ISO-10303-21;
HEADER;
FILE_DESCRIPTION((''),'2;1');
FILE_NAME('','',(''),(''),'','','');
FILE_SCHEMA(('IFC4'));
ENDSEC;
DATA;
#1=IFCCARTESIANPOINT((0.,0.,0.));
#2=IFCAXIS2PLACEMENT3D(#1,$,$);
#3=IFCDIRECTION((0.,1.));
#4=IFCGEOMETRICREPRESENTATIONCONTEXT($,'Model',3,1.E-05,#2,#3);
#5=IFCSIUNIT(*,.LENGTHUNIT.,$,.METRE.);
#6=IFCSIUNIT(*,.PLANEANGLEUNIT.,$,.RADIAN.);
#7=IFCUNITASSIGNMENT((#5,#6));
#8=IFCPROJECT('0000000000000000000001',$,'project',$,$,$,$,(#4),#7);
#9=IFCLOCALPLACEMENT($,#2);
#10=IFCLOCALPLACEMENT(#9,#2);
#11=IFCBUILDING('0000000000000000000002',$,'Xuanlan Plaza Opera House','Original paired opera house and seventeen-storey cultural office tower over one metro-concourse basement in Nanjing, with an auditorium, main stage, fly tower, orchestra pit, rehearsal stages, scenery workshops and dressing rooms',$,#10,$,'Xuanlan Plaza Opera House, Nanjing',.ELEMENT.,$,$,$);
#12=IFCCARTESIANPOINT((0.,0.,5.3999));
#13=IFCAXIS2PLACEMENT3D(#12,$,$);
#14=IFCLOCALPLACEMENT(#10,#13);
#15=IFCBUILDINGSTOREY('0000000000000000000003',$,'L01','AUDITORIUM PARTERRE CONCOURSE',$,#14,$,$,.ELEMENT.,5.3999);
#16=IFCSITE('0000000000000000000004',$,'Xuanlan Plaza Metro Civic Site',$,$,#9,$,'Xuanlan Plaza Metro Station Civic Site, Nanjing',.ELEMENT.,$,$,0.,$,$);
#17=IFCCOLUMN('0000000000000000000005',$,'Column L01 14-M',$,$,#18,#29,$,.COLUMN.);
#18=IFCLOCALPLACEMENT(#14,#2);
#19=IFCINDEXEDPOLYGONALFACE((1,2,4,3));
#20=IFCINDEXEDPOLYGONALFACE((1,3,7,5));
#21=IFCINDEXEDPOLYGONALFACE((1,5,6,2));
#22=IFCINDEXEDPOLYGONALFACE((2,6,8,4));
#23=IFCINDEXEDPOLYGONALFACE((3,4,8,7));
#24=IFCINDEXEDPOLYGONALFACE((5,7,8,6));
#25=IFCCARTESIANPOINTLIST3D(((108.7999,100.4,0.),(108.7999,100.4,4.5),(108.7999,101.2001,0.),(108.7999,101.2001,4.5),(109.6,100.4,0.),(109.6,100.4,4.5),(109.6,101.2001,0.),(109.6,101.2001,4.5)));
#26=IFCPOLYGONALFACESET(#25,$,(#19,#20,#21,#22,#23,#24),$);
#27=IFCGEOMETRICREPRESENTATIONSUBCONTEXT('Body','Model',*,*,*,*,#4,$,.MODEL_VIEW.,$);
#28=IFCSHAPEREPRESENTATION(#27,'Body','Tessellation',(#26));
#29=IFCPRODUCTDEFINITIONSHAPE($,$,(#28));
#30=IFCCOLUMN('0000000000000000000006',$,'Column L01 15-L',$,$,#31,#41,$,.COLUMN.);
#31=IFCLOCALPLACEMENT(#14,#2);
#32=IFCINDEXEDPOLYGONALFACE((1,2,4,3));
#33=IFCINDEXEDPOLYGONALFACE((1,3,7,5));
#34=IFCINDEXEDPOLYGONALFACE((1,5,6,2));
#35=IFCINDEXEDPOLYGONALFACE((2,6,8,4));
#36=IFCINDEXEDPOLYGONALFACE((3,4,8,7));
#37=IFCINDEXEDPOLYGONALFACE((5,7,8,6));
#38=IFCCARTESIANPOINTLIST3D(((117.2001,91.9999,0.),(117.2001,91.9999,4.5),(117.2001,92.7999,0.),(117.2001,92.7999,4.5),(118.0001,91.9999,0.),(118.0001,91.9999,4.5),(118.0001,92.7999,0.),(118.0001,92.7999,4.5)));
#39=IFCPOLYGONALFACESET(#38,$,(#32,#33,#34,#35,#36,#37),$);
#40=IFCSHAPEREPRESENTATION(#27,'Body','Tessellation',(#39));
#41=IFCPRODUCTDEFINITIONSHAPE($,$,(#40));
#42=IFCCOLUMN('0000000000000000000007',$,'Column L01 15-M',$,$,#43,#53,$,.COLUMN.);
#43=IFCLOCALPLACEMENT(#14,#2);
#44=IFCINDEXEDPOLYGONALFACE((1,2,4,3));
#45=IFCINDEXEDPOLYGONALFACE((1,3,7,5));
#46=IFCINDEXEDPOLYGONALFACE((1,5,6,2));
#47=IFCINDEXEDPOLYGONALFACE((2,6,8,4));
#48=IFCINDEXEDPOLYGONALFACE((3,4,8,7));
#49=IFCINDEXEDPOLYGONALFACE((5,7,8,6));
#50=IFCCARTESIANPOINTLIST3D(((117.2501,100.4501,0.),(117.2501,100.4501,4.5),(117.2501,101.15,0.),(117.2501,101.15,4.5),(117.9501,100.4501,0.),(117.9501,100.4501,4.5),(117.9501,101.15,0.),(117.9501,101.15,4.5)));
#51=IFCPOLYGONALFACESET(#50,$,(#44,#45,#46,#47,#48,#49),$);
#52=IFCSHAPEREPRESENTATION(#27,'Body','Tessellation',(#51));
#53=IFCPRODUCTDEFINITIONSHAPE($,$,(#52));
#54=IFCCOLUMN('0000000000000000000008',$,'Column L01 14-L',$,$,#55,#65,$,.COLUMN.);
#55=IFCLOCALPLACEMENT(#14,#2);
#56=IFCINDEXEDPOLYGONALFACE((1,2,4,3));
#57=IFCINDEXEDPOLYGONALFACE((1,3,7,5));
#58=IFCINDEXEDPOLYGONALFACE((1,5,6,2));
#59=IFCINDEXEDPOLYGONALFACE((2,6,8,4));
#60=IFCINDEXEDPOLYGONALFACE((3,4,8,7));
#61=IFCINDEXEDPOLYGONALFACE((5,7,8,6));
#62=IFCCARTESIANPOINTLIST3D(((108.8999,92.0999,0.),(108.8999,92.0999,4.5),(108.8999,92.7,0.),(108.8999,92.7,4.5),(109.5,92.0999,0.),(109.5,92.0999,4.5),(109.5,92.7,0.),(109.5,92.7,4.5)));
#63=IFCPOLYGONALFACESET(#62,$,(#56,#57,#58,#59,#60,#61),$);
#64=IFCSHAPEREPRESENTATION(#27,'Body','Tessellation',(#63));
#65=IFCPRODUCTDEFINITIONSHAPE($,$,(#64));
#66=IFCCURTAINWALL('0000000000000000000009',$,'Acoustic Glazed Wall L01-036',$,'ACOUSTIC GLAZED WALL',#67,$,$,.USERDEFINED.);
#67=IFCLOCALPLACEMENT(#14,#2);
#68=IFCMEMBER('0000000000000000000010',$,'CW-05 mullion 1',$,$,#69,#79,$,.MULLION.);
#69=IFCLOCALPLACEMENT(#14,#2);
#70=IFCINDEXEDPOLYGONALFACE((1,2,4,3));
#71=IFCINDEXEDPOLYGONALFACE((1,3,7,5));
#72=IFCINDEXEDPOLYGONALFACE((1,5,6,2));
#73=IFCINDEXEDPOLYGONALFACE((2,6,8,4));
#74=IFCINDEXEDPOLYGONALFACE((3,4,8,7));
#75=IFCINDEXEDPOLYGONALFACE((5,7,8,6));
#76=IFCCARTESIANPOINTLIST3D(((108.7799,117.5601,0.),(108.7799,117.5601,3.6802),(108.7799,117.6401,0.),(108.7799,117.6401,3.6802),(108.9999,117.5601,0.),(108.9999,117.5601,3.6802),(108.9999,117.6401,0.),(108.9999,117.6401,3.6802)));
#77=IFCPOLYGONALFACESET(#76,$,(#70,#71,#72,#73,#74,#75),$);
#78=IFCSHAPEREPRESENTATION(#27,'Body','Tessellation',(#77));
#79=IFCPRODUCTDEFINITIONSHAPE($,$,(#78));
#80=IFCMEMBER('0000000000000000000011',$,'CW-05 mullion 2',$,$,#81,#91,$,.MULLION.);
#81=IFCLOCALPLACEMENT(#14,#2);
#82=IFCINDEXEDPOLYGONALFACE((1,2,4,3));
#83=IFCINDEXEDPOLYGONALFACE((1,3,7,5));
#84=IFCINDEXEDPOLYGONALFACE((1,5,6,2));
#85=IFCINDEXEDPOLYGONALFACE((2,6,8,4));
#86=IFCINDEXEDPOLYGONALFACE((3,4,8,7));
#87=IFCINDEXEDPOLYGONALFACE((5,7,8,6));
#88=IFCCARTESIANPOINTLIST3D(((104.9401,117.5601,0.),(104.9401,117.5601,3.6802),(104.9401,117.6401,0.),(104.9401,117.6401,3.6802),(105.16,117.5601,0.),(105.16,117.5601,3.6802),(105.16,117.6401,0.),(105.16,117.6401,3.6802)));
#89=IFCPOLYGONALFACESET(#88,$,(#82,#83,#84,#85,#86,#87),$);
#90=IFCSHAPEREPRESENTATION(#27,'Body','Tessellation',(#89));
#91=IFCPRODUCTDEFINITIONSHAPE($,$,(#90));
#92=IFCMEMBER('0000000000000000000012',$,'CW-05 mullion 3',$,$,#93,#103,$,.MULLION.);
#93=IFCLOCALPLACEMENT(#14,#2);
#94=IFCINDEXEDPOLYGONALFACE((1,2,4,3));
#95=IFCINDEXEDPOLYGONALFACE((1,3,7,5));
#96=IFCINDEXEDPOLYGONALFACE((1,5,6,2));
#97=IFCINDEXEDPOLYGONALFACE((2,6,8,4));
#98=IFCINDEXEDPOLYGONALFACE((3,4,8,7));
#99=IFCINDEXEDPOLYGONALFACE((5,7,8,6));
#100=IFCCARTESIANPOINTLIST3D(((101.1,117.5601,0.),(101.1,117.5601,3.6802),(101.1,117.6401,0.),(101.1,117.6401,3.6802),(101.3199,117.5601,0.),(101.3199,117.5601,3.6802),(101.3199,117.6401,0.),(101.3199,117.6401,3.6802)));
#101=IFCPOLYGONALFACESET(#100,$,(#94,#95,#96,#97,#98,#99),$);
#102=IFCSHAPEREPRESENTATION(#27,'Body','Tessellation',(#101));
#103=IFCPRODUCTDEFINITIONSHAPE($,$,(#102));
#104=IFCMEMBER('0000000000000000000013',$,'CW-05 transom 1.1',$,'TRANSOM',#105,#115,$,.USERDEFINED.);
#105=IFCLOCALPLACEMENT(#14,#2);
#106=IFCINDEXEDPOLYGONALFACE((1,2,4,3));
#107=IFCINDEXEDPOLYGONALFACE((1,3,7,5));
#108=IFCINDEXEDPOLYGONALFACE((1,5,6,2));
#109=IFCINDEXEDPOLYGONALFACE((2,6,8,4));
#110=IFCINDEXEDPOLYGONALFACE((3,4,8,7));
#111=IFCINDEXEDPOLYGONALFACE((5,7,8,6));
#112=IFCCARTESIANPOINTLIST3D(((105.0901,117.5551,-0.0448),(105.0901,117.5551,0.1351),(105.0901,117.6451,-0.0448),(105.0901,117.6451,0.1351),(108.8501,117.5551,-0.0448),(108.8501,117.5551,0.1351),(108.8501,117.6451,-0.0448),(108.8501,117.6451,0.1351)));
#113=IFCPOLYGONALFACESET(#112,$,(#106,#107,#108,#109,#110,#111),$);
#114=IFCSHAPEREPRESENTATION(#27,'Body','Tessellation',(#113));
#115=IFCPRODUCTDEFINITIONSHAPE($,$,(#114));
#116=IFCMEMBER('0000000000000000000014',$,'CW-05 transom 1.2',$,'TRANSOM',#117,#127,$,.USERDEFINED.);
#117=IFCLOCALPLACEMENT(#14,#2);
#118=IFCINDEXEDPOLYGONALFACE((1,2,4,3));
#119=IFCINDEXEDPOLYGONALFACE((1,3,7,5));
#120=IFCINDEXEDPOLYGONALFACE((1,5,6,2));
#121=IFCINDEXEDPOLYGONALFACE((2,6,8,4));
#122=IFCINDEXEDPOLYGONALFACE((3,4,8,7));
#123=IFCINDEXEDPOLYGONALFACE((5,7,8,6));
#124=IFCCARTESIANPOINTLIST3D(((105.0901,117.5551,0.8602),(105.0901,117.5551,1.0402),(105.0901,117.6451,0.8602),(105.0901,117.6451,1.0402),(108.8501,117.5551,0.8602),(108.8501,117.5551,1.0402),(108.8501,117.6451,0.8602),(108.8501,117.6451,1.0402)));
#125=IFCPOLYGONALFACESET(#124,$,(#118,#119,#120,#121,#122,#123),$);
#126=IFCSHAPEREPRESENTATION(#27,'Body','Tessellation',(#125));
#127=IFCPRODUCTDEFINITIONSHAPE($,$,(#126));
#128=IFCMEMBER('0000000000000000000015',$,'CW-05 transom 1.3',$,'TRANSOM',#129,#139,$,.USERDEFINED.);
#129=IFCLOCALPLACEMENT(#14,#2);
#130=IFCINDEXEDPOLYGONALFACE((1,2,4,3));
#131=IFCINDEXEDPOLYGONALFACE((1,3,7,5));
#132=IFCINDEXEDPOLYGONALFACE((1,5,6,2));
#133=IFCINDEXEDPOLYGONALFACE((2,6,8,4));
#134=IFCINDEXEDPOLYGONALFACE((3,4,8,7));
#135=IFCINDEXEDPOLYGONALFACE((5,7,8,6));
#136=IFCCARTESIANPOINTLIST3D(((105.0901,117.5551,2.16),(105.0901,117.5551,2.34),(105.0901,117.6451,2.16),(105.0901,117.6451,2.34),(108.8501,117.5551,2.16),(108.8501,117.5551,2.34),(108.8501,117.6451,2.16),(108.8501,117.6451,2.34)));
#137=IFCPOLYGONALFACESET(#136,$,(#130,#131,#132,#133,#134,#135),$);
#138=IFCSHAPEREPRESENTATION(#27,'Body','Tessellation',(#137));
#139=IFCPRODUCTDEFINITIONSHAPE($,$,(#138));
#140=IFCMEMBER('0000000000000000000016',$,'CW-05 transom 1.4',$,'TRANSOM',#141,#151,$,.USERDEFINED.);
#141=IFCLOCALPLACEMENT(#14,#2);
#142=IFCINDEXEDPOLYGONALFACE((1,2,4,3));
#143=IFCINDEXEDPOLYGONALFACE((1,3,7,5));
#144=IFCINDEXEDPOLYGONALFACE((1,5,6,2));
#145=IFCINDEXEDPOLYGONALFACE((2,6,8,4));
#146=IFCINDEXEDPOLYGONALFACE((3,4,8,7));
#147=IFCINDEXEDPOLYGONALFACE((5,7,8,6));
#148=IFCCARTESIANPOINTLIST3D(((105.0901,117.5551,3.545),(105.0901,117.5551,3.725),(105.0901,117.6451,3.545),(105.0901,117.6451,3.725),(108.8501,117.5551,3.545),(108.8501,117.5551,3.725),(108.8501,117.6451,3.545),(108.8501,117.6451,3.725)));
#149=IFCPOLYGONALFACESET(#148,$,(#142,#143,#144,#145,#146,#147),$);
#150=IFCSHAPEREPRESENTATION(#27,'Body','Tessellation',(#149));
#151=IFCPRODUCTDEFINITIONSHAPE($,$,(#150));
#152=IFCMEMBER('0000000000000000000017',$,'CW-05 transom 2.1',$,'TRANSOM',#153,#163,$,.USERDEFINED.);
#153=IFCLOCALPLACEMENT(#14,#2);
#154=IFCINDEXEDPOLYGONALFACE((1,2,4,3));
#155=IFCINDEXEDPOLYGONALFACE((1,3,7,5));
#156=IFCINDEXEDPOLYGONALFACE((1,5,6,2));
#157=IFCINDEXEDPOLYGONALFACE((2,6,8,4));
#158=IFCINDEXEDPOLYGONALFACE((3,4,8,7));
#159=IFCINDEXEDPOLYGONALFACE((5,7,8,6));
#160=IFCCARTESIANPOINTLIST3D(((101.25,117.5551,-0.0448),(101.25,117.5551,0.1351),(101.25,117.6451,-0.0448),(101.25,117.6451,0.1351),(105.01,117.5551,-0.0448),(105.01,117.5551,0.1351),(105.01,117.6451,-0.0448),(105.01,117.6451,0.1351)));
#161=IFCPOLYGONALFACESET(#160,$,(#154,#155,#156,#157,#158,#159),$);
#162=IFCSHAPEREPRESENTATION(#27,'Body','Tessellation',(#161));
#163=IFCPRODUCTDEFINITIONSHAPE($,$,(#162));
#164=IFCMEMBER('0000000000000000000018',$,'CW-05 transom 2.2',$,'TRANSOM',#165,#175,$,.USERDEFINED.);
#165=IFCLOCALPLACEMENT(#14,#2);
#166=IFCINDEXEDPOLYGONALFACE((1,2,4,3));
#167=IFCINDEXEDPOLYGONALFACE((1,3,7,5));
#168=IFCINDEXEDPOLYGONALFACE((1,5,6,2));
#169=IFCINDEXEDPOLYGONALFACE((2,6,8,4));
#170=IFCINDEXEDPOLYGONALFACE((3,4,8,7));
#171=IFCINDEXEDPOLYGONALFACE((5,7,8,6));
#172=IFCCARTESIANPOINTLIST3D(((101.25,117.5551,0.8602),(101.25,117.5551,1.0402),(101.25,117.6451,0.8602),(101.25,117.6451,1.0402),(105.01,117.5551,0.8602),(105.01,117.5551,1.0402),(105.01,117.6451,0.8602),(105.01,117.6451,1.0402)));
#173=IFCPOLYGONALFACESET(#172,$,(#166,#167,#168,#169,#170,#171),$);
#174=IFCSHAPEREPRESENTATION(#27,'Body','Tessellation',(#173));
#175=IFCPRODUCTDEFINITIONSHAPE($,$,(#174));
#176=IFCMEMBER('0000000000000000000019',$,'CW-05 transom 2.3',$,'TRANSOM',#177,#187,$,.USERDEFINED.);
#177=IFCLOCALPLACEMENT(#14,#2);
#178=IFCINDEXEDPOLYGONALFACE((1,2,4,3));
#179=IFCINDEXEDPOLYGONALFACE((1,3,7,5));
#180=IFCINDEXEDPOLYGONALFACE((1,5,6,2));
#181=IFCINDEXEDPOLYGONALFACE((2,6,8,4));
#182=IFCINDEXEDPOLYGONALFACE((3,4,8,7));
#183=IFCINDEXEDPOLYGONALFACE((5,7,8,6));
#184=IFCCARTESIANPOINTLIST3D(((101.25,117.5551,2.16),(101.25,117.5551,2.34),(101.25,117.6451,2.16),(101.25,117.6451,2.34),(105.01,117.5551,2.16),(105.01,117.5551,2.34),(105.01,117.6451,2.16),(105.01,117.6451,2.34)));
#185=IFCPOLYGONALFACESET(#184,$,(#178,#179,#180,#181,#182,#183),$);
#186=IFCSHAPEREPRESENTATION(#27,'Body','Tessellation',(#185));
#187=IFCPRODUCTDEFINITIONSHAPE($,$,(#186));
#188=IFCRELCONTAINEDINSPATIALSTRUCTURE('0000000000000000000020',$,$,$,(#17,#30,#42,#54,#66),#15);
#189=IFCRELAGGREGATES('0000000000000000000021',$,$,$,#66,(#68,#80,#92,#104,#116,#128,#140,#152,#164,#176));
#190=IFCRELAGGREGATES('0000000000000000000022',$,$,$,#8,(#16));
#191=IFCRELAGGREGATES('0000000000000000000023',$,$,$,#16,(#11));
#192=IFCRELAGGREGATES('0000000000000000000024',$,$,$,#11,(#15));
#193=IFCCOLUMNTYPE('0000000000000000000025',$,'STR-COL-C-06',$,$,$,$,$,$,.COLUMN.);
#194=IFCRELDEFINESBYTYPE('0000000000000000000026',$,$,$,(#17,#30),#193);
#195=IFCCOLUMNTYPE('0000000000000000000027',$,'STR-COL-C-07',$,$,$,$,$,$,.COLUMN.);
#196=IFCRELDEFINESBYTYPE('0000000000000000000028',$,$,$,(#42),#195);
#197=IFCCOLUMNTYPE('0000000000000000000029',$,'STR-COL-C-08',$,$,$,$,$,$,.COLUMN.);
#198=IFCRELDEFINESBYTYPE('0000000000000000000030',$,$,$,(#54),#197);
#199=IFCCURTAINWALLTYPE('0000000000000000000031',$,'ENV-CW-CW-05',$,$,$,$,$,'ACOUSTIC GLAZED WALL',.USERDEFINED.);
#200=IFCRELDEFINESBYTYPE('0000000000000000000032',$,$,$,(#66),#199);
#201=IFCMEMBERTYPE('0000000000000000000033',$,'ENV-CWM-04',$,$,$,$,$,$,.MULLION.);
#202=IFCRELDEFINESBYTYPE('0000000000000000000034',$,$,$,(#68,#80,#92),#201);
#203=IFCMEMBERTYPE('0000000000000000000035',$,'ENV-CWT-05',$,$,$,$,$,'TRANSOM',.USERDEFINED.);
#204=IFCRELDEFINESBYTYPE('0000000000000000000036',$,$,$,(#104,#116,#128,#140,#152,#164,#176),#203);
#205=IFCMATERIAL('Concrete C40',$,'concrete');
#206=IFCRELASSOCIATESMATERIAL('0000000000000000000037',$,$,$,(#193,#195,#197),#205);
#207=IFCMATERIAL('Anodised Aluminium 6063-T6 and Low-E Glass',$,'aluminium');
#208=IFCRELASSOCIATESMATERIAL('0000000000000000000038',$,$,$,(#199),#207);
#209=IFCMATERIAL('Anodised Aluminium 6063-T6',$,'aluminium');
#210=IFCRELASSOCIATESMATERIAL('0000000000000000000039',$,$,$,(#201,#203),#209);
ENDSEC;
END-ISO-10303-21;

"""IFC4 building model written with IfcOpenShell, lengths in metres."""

from ifc_helpers import new_model, si_unit, direction, frame, origin, origin_2d, place, context, subcontext, project, spatial, rectangle, extrude, material, material_profile, profile_set, type_object, element, aggregate, save


model = new_model("IFC4")

# Units and contexts
model_context = context("Model", 3, precision=1e-05, world=origin(), true_north=direction((0.0, 1.0)))
body_context = subcontext(model_context, "Body", "Model", "MODEL_VIEW")
ifc_project = project(units=[si_unit("LENGTHUNIT", "METRE"), si_unit("PLANEANGLEUNIT", "RADIAN")], contexts=[model_context])

# Site, building, storey
site_placement = place(None, origin())
site = spatial("IfcSite", under=ifc_project, at=site_placement, Name="Xuanlan Plaza Metro Civic Site", LongName="Xuanlan Plaza Metro Station Civic Site, Nanjing", CompositionType="ELEMENT", RefElevation=0.0)
building_placement = place(site_placement, origin())
building = spatial("IfcBuilding", under=site, at=building_placement, Name="Xuanlan Plaza Opera House", Description="Original paired opera house and seventeen-storey cultural office tower over one metro-concourse basement in Nanjing, with an auditorium, main stage, fly tower, orchestra pit, rehearsal stages, scenery workshops and dressing rooms", LongName="Xuanlan Plaza Opera House, Nanjing", CompositionType="ELEMENT")
storey_placement = place(building_placement, frame((0.0, 0.0, 5.3999)))
storey = spatial("IfcBuildingStorey", under=building, at=storey_placement, Name="L01", Description="AUDITORIUM PARTERRE CONCOURSE", CompositionType="ELEMENT", Elevation=5.3999)

# Columns
ifc_material_1 = material(Name="Concrete C40", Category="concrete")
ifc_material_profile_1 = material_profile(ifc_material_1, rectangle(XDim=0.8, YDim=0.8, at=origin_2d()), Name="RC-COL 800x800")
ifc_profile_set_1 = profile_set([ifc_material_profile_1], Name="Concrete C40")
column_type_1 = type_object("IfcColumnType", Name="STR-COL-C-06", PredefinedType="COLUMN", material=ifc_profile_set_1)
for number, where, z_axis, x_axis, name in (
    (1, (109.2, 100.8, 0.0), (0.0, 0.0, 1.0), (1.0, 0.0, 0.0), "Column L01 14-M"),
    (2, (117.6001, 92.3999, 0.0), (0.0, 0.0, 1.0), (1.0, 0.0, 0.0), "Column L01 15-L"),
):
    element("IfcColumn", number, at=place(storey_placement, frame(where, z_axis=z_axis, x_axis=x_axis)), inside=storey, type_object=column_type_1, Name=name, PredefinedType="COLUMN", context=body_context, shape_type="SweptSolid", body=[
        extrude(rectangle(XDim=0.8, YDim=0.8, at=origin_2d()), origin(), (0.0, 0.0, 1.0), 4.5),
    ])
ifc_material_profile_2 = material_profile(ifc_material_1, rectangle(XDim=0.7, YDim=0.7, at=origin_2d()), Name="RC-COL 700x700")
ifc_profile_set_2 = profile_set([ifc_material_profile_2], Name="Concrete C40")
column_type_2 = type_object("IfcColumnType", Name="STR-COL-C-07", PredefinedType="COLUMN", material=ifc_profile_set_2)
column_1_placement = place(storey_placement, frame((117.6001, 100.8, 0.0), z_axis=(0.0, 0.0, 1.0), x_axis=(1.0, 0.0, 0.0)))
element("IfcColumn", 3, at=column_1_placement, inside=storey, type_object=column_type_2, Name="Column L01 15-M", PredefinedType="COLUMN", context=body_context, shape_type="SweptSolid", body=[
    extrude(rectangle(XDim=0.7, YDim=0.7, at=origin_2d()), origin(), (0.0, 0.0, 1.0), 4.5),
])
ifc_material_profile_3 = material_profile(ifc_material_1, rectangle(XDim=0.6001, YDim=0.6001, at=origin_2d()), Name="RC-COL 600x600")
ifc_profile_set_3 = profile_set([ifc_material_profile_3], Name="Concrete C40")
column_type_3 = type_object("IfcColumnType", Name="STR-COL-C-08", PredefinedType="COLUMN", material=ifc_profile_set_3)
column_2_placement = place(storey_placement, frame((109.2, 92.3999, 0.0), z_axis=(0.0, 0.0, 1.0), x_axis=(1.0, 0.0, 0.0)))
element("IfcColumn", 4, at=column_2_placement, inside=storey, type_object=column_type_3, Name="Column L01 14-L", PredefinedType="COLUMN", context=body_context, shape_type="SweptSolid", body=[
    extrude(rectangle(XDim=0.6001, YDim=0.6001, at=origin_2d()), origin(), (0.0, 0.0, 1.0), 4.5),
])

# Curtain wall, members
ifc_material_2 = material(Name="Anodised Aluminium 6063-T6 and Low-E Glass", Category="aluminium")
curtain_wall_type = type_object("IfcCurtainWallType", Name="ENV-CW-CW-05", ElementType="ACOUSTIC GLAZED WALL", PredefinedType="USERDEFINED", material=ifc_material_2)
curtain_wall_placement = place(storey_placement, origin())
curtain_wall = element("IfcCurtainWall", 5, at=curtain_wall_placement, inside=storey, type_object=curtain_wall_type, Name="Acoustic Glazed Wall L01-036", ObjectType="ACOUSTIC GLAZED WALL", PredefinedType="USERDEFINED")
ifc_material_3 = material(Name="Anodised Aluminium 6063-T6", Category="aluminium")
ifc_material_profile_4 = material_profile(ifc_material_3, rectangle(XDim=0.0801, YDim=0.22, at=origin_2d()), Name="ALU-M 80x220")
ifc_profile_set_4 = profile_set([ifc_material_profile_4], Name="Anodised Aluminium 6063-T6")
member_type_1 = type_object("IfcMemberType", Name="ENV-CWM-04", PredefinedType="MULLION", material=ifc_profile_set_4)
member_1_placement = place(storey_placement, frame((108.8899, 117.6001, 0.0), z_axis=(0.0, 0.0, 1.0), x_axis=(0.0, -1.0, 0.0)))
member_1 = element("IfcMember", 6, at=member_1_placement, type_object=member_type_1, Name="CW-05 mullion 1", PredefinedType="MULLION", context=body_context, shape_type="SweptSolid", body=[
    extrude(rectangle(XDim=0.0801, YDim=0.22, at=origin_2d()), origin(), (0.0, 0.0, 1.0), 3.6802),
])
member_2_placement = place(storey_placement, frame((105.05, 117.6001, 0.0), z_axis=(0.0, 0.0, 1.0), x_axis=(0.0, -1.0, 0.0)))
member_2 = element("IfcMember", 7, at=member_2_placement, type_object=member_type_1, Name="CW-05 mullion 2", PredefinedType="MULLION", context=body_context, shape_type="SweptSolid", body=[
    extrude(rectangle(XDim=0.0801, YDim=0.22, at=origin_2d()), origin(), (0.0, 0.0, 1.0), 3.6802),
])
member_3_placement = place(storey_placement, frame((101.21, 117.6001, 0.0), z_axis=(0.0, 0.0, 1.0), x_axis=(0.0, -1.0, 0.0)))
member_3 = element("IfcMember", 8, at=member_3_placement, type_object=member_type_1, Name="CW-05 mullion 3", PredefinedType="MULLION", context=body_context, shape_type="SweptSolid", body=[
    extrude(rectangle(XDim=0.0801, YDim=0.22, at=origin_2d()), origin(), (0.0, 0.0, 1.0), 3.6802),
])
ifc_material_profile_5 = material_profile(ifc_material_3, rectangle(XDim=0.0901, YDim=0.1799, at=origin_2d()), Name="ALU-T 90x180")
ifc_profile_set_5 = profile_set([ifc_material_profile_5], Name="Anodised Aluminium 6063-T6")
member_type_2 = type_object("IfcMemberType", Name="ENV-CWT-05", ElementType="TRANSOM", PredefinedType="USERDEFINED", material=ifc_profile_set_5)
member_4_placement = place(storey_placement, frame((108.8501, 117.6001, 0.0452), z_axis=(-1.0, 0.0, 0.0), x_axis=(0.0, -1.0, 0.0)))
member_4 = element("IfcMember", 9, at=member_4_placement, type_object=member_type_2, Name="CW-05 transom 1.1", ObjectType="TRANSOM", PredefinedType="USERDEFINED", context=body_context, shape_type="SweptSolid", body=[
    extrude(rectangle(XDim=0.0901, YDim=0.1799, at=origin_2d()), origin(), (0.0, 0.0, 1.0), 3.76),
])
member_5_placement = place(storey_placement, frame((108.8501, 117.6001, 0.9502), z_axis=(-1.0, 0.0, 0.0), x_axis=(0.0, -1.0, 0.0)))
member_5 = element("IfcMember", 10, at=member_5_placement, type_object=member_type_2, Name="CW-05 transom 1.2", ObjectType="TRANSOM", PredefinedType="USERDEFINED", context=body_context, shape_type="SweptSolid", body=[
    extrude(rectangle(XDim=0.0901, YDim=0.1799, at=origin_2d()), origin(), (0.0, 0.0, 1.0), 3.76),
])
member_6_placement = place(storey_placement, frame((108.8501, 117.6001, 2.25), z_axis=(-1.0, 0.0, 0.0), x_axis=(0.0, -1.0, 0.0)))
member_6 = element("IfcMember", 11, at=member_6_placement, type_object=member_type_2, Name="CW-05 transom 1.3", ObjectType="TRANSOM", PredefinedType="USERDEFINED", context=body_context, shape_type="SweptSolid", body=[
    extrude(rectangle(XDim=0.0901, YDim=0.1799, at=origin_2d()), origin(), (0.0, 0.0, 1.0), 3.76),
])
member_7_placement = place(storey_placement, frame((108.8501, 117.6001, 3.635), z_axis=(-1.0, 0.0, 0.0), x_axis=(0.0, -1.0, 0.0)))
member_7 = element("IfcMember", 12, at=member_7_placement, type_object=member_type_2, Name="CW-05 transom 1.4", ObjectType="TRANSOM", PredefinedType="USERDEFINED", context=body_context, shape_type="SweptSolid", body=[
    extrude(rectangle(XDim=0.0901, YDim=0.1799, at=origin_2d()), origin(), (0.0, 0.0, 1.0), 3.76),
])
member_8_placement = place(storey_placement, frame((105.01, 117.6001, 0.0452), z_axis=(-1.0, 0.0, 0.0), x_axis=(0.0, -1.0, 0.0)))
member_8 = element("IfcMember", 13, at=member_8_placement, type_object=member_type_2, Name="CW-05 transom 2.1", ObjectType="TRANSOM", PredefinedType="USERDEFINED", context=body_context, shape_type="SweptSolid", body=[
    extrude(rectangle(XDim=0.0901, YDim=0.1799, at=origin_2d()), origin(), (0.0, 0.0, 1.0), 3.76),
])
member_9_placement = place(storey_placement, frame((105.01, 117.6001, 0.9502), z_axis=(-1.0, 0.0, 0.0), x_axis=(0.0, -1.0, 0.0)))
member_9 = element("IfcMember", 14, at=member_9_placement, type_object=member_type_2, Name="CW-05 transom 2.2", ObjectType="TRANSOM", PredefinedType="USERDEFINED", context=body_context, shape_type="SweptSolid", body=[
    extrude(rectangle(XDim=0.0901, YDim=0.1799, at=origin_2d()), origin(), (0.0, 0.0, 1.0), 3.76),
])
member_10_placement = place(storey_placement, frame((105.01, 117.6001, 2.25), z_axis=(-1.0, 0.0, 0.0), x_axis=(0.0, -1.0, 0.0)))
member_10 = element("IfcMember", 15, at=member_10_placement, type_object=member_type_2, Name="CW-05 transom 2.3", ObjectType="TRANSOM", PredefinedType="USERDEFINED", context=body_context, shape_type="SweptSolid", body=[
    extrude(rectangle(XDim=0.0901, YDim=0.1799, at=origin_2d()), origin(), (0.0, 0.0, 1.0), 3.76),
])

aggregate(curtain_wall, [member_1, member_2, member_3, member_4, member_5, member_6, member_7, member_8, member_9, member_10])

save(model, "model.ifc")
